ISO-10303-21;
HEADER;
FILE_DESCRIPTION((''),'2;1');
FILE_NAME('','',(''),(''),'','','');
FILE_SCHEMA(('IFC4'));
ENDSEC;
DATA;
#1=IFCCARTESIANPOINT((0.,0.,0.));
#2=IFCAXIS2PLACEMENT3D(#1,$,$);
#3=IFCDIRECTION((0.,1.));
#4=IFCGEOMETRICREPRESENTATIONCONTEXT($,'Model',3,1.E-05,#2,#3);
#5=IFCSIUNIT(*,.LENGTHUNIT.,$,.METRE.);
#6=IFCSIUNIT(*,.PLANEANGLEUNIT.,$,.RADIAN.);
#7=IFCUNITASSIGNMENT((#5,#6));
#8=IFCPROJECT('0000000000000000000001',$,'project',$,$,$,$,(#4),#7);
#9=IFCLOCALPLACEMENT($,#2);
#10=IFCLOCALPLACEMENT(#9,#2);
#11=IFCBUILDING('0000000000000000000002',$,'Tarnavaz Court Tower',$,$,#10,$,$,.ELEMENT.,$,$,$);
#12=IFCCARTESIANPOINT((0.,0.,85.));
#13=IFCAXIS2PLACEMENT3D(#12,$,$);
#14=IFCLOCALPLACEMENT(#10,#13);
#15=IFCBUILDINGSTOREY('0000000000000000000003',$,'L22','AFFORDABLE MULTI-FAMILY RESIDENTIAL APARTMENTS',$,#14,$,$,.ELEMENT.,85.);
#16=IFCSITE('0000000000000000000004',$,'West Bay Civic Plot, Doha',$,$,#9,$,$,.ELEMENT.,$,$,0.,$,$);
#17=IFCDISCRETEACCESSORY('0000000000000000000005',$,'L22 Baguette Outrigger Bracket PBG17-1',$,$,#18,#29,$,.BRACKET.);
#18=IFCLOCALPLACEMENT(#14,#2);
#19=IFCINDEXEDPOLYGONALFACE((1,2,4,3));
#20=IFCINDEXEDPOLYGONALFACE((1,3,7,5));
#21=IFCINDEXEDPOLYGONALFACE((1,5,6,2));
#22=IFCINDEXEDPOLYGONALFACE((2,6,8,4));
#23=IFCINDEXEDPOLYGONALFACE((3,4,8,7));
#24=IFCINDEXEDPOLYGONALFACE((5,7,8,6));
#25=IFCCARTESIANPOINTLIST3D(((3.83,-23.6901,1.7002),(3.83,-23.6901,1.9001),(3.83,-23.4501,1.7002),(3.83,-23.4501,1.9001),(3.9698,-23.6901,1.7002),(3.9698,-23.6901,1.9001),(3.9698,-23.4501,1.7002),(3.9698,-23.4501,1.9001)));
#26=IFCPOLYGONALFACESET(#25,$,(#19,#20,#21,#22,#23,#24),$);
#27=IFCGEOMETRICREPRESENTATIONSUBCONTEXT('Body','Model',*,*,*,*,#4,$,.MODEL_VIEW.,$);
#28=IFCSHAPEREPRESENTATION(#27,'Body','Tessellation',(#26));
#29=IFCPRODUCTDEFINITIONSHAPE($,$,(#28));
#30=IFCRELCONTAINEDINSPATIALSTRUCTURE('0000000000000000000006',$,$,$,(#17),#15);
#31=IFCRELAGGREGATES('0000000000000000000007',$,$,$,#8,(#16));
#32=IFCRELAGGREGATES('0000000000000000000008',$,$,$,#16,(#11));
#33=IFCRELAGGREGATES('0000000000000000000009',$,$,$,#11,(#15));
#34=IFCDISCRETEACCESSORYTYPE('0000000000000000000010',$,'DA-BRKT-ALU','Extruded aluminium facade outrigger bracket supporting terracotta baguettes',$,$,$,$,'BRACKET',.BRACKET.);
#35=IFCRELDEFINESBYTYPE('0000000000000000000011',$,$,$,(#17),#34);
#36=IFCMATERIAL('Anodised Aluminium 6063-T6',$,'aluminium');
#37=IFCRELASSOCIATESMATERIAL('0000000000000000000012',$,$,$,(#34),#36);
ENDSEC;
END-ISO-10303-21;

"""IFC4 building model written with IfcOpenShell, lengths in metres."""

from ifc_helpers import new_model, si_unit, direction, frame, origin, origin_2d, place, context, subcontext, project, spatial, rectangle, extrude, material, type_object, element, save


model = new_model("IFC4")

# Units and contexts
model_context = context("Model", 3, precision=1e-05, world=origin(), true_north=direction((0.0, 1.0)))
body_context = subcontext(model_context, "Body", "Model", "MODEL_VIEW")
ifc_project = project(units=[si_unit("LENGTHUNIT", "METRE"), si_unit("PLANEANGLEUNIT", "RADIAN")], contexts=[model_context])

# Site, building, storey
site_placement = place(None, origin())
site = spatial("IfcSite", under=ifc_project, at=site_placement, Name="West Bay Civic Plot, Doha", CompositionType="ELEMENT", RefElevation=0.0)
building_placement = place(site_placement, origin())
building = spatial("IfcBuilding", under=site, at=building_placement, Name="Tarnavaz Court Tower", CompositionType="ELEMENT")
storey_placement = place(building_placement, frame((0.0, 0.0, 85.0)))
storey = spatial("IfcBuildingStorey", under=building, at=storey_placement, Name="L22", Description="AFFORDABLE MULTI-FAMILY RESIDENTIAL APARTMENTS", CompositionType="ELEMENT", Elevation=85.0)

# Shared definitions
ifc_material_1 = material(Name="Anodised Aluminium 6063-T6", Category="aluminium")

# Discrete accessory
discrete_accessory_type = type_object("IfcDiscreteAccessoryType", Name="DA-BRKT-ALU", Description="Extruded aluminium facade outrigger bracket supporting terracotta baguettes", ElementType="BRACKET", PredefinedType="BRACKET", material=ifc_material_1)
for number, where, z_axis, x_axis, name in (
    (1, (3.8999, -23.5701, 1.7002), (0.0, 0.0, 1.0), (-1.0, 0.0, 0.0), "L22 Baguette Outrigger Bracket PBG17-1"),
):
    element("IfcDiscreteAccessory", number, at=place(storey_placement, frame(where, z_axis=z_axis, x_axis=x_axis)), inside=storey, type_object=discrete_accessory_type, Name=name, PredefinedType="BRACKET", context=body_context, shape_type="SweptSolid", body=[
        extrude(rectangle(XDim=0.1399, YDim=0.24, at=origin_2d()), origin(), (0.0, 0.0, 1.0), 0.2),
    ])

save(model, "model.ifc")
